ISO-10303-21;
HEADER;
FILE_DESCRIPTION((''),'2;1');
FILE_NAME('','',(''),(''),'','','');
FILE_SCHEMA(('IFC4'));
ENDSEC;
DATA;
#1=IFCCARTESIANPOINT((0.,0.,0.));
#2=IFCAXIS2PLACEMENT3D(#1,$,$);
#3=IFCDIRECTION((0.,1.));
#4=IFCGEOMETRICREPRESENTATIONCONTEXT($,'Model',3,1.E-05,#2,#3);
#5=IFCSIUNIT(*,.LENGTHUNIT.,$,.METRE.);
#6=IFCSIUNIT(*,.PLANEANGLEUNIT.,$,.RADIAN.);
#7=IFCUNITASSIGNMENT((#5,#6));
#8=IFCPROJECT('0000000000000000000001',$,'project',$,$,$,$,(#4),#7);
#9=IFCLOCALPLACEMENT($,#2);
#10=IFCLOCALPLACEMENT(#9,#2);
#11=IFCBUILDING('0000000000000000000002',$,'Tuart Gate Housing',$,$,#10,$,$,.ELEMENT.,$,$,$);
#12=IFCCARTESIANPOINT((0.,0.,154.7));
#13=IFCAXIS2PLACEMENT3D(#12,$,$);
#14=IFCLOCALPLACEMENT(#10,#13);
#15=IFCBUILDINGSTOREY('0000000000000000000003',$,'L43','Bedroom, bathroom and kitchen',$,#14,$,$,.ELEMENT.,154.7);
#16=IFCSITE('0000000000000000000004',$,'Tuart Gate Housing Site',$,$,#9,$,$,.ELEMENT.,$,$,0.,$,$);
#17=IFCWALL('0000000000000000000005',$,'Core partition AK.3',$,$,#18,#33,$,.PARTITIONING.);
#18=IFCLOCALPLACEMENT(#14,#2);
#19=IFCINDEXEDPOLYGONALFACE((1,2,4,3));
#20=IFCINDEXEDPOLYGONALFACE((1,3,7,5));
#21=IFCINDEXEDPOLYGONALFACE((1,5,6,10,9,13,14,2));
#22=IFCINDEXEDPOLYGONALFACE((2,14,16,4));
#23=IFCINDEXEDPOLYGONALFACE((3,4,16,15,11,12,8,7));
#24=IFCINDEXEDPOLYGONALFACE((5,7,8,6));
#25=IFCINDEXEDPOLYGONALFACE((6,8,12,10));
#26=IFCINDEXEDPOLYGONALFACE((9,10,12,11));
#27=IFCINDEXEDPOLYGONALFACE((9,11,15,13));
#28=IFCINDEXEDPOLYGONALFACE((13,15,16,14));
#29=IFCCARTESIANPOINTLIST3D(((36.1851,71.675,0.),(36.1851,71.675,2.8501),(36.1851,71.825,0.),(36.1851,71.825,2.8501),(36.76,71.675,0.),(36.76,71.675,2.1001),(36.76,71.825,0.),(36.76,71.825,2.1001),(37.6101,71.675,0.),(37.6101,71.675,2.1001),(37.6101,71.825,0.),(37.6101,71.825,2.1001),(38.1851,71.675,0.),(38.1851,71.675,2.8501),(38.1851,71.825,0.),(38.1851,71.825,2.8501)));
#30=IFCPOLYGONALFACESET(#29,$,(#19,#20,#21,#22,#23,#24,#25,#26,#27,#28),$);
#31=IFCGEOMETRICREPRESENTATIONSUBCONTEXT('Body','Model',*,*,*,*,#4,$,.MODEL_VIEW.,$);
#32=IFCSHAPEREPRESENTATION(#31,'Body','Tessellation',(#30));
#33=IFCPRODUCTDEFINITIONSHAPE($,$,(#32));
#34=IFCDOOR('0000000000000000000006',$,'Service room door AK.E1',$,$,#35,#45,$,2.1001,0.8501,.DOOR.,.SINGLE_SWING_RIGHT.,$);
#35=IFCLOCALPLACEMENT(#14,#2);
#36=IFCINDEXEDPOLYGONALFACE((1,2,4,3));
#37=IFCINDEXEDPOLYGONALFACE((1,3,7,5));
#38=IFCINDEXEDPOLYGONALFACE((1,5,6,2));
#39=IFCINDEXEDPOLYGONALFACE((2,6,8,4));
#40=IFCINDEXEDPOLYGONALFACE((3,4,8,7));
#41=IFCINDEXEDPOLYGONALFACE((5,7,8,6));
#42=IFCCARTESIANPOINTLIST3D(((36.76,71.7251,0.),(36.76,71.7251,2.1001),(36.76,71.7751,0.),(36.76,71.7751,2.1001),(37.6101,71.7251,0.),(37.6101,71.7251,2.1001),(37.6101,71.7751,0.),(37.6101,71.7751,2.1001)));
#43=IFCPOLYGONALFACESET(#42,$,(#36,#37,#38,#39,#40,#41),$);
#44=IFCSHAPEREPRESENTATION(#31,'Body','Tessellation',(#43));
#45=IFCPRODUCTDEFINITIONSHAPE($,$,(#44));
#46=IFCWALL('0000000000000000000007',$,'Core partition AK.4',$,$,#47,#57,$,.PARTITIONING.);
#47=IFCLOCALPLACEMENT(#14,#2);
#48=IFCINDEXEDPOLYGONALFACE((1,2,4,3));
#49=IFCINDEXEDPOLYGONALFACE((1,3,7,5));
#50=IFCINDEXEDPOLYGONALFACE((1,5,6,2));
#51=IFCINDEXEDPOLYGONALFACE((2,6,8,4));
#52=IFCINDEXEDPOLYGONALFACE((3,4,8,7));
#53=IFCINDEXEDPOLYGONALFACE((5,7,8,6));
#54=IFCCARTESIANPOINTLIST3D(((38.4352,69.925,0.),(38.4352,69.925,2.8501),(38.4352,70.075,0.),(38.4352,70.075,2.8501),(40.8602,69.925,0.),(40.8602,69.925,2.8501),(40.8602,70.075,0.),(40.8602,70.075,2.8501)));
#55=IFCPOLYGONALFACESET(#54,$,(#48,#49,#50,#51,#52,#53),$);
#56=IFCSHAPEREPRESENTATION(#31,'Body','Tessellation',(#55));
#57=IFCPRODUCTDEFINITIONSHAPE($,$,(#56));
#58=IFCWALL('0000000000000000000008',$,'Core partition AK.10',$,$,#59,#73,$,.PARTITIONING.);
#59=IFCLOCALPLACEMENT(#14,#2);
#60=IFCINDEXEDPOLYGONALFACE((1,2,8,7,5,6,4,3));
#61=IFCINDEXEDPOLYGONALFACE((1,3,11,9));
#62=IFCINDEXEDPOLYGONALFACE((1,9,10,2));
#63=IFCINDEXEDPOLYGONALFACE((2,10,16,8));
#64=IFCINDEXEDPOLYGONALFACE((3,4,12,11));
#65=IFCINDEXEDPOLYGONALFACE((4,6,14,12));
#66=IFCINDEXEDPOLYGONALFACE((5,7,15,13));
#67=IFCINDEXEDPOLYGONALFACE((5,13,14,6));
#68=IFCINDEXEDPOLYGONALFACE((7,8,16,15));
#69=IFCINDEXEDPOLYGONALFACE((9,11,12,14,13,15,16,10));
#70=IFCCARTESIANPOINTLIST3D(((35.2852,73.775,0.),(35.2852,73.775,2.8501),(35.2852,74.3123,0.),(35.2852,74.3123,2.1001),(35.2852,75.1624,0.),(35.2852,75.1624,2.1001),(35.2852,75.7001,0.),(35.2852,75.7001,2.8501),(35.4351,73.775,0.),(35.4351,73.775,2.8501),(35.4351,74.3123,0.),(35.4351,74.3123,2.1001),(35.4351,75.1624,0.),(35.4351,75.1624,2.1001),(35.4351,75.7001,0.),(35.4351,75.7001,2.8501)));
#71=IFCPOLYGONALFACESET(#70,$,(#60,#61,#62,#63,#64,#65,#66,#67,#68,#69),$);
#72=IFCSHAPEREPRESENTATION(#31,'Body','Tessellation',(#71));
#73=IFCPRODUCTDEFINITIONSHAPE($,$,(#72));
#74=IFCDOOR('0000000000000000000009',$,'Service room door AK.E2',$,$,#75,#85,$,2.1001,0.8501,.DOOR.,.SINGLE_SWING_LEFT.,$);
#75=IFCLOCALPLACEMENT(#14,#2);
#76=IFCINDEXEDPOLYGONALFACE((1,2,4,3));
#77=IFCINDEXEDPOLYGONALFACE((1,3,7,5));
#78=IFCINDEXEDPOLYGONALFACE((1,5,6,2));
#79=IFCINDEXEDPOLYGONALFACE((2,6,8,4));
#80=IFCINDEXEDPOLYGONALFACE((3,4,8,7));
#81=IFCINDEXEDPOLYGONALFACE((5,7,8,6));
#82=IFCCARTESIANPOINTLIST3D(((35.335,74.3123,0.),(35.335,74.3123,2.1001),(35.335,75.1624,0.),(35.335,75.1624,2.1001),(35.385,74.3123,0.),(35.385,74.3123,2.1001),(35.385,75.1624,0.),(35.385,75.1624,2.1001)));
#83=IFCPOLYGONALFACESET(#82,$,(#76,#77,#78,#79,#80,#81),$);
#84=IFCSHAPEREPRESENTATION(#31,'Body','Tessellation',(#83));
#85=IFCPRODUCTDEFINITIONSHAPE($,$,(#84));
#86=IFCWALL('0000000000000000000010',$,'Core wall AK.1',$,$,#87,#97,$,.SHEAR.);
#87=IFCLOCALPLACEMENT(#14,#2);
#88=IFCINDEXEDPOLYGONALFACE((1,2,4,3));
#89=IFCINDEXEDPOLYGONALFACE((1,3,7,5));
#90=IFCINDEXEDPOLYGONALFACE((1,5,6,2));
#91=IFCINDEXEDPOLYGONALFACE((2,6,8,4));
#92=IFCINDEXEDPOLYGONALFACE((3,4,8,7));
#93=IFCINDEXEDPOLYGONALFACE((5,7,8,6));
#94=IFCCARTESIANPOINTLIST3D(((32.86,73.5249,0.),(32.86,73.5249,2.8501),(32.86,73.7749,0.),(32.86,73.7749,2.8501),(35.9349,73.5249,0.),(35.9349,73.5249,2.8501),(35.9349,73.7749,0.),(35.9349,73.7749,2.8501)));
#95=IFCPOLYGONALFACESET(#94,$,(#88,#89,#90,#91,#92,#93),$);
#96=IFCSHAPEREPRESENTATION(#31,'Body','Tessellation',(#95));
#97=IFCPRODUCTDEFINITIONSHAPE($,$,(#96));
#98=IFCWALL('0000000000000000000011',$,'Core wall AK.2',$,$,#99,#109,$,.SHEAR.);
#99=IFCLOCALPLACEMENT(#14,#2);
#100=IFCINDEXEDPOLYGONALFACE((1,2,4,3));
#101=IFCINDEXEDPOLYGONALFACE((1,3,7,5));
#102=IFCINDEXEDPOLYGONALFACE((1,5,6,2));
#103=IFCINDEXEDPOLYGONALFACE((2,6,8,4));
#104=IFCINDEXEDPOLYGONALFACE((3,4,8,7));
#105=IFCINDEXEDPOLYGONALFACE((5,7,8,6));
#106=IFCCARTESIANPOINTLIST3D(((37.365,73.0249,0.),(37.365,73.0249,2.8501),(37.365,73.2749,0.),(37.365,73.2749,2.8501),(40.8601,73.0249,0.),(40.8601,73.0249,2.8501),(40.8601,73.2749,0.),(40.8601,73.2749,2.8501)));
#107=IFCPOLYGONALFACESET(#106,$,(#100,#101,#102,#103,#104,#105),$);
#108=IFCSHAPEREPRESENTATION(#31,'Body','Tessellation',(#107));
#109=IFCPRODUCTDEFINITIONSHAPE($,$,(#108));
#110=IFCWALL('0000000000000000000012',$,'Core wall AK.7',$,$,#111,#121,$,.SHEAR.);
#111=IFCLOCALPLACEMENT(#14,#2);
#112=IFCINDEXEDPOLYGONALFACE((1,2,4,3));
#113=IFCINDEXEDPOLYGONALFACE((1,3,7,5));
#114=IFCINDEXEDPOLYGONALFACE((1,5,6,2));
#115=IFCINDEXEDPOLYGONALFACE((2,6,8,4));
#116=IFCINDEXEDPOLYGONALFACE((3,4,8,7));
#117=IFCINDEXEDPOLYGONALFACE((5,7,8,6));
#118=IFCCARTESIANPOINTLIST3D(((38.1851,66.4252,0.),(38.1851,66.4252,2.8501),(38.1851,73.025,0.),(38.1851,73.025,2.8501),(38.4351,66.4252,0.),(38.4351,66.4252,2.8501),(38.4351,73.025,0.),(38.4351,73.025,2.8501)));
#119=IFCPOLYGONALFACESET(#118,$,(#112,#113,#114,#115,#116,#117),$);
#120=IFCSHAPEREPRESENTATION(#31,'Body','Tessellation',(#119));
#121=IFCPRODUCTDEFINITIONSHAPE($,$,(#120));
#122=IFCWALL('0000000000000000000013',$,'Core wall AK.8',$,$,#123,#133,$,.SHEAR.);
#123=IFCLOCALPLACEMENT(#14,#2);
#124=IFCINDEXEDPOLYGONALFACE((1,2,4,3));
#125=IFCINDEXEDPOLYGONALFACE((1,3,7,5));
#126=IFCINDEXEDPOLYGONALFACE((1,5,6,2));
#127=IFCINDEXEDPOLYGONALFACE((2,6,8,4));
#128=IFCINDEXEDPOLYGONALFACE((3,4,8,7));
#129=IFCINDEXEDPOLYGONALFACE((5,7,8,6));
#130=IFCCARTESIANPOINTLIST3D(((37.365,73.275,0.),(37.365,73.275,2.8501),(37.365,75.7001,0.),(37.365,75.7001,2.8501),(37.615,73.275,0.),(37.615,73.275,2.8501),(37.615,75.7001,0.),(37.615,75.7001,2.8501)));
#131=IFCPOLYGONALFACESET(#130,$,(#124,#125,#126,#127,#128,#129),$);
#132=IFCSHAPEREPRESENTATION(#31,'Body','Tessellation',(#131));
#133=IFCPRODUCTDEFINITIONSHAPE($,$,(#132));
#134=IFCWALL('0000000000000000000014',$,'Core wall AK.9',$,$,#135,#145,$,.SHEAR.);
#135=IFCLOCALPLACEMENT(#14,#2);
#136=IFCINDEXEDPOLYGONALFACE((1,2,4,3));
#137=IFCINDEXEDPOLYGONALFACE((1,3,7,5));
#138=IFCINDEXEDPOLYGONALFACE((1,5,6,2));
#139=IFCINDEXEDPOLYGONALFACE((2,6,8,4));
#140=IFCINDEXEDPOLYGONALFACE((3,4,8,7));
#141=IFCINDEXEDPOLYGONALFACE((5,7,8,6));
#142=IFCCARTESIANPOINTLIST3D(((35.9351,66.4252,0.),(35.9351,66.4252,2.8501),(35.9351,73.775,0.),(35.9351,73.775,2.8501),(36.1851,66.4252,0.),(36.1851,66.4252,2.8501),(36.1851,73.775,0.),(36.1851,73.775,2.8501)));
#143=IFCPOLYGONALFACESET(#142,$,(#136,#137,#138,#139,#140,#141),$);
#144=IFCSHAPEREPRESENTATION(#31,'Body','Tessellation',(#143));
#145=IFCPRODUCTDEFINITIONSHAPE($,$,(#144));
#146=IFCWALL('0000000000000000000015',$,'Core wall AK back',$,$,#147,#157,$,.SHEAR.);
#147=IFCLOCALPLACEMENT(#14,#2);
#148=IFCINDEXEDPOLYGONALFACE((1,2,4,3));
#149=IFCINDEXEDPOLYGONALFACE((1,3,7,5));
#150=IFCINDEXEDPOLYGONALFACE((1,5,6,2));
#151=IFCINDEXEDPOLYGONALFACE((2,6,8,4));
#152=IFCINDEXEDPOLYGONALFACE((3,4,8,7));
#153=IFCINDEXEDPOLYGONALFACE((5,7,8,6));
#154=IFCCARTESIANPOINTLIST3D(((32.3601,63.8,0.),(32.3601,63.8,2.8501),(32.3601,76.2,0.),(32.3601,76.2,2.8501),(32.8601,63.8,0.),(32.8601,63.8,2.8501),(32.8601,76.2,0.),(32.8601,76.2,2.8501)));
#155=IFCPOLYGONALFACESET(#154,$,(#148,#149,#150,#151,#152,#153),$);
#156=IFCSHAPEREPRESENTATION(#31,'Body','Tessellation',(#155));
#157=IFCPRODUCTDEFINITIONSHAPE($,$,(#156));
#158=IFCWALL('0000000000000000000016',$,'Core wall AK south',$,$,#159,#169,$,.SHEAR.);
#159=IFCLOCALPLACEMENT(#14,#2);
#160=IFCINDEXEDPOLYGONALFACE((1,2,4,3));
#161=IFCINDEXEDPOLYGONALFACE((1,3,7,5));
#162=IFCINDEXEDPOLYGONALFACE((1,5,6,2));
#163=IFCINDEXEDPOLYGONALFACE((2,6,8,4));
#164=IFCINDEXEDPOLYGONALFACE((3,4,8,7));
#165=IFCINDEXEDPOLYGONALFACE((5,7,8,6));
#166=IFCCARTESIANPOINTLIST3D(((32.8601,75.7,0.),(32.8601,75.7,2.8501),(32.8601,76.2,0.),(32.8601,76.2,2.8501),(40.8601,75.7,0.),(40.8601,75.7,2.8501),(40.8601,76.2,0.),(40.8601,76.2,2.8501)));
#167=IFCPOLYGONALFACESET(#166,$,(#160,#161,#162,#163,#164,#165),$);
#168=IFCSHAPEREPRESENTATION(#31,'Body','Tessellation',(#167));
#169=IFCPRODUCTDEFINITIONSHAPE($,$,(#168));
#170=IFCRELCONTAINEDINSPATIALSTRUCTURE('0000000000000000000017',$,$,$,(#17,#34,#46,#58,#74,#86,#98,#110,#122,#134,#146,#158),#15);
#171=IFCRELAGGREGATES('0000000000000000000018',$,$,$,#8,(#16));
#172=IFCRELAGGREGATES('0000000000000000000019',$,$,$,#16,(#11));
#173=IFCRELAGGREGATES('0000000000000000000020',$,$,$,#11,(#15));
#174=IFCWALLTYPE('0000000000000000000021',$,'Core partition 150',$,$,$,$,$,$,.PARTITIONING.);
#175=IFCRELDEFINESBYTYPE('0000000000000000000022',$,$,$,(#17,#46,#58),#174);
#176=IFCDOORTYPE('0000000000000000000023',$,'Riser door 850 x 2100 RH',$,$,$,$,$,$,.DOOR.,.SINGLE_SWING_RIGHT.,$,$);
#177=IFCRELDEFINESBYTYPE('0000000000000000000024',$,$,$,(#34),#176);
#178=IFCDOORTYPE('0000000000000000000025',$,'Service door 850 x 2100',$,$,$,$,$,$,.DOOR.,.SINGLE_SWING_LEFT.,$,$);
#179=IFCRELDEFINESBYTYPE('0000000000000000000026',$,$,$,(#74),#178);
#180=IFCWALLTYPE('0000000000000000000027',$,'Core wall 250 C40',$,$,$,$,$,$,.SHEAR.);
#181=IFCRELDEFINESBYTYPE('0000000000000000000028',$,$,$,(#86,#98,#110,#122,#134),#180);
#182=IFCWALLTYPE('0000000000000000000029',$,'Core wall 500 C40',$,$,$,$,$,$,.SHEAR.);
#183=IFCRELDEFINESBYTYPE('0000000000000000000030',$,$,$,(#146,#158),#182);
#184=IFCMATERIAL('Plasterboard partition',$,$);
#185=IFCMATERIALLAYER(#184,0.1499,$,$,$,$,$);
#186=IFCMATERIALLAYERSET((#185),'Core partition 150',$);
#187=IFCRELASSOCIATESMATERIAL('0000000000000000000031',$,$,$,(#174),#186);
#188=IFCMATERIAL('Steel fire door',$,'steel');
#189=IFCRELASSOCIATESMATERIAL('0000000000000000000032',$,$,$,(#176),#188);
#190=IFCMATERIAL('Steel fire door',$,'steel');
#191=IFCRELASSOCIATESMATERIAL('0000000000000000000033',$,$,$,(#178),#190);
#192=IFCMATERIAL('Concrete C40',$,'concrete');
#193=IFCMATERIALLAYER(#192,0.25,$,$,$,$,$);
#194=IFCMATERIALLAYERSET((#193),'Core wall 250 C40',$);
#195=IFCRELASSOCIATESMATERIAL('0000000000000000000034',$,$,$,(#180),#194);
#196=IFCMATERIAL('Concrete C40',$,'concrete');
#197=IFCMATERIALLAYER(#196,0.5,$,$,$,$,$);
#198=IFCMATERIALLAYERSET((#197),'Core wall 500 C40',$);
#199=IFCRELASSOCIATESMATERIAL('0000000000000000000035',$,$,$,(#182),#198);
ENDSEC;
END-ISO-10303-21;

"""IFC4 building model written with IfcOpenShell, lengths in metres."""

from ifc_helpers import new_model, si_unit, direction, frame, frame_2d, origin, place, context, subcontext, project, spatial, rectangle, extrude, material, layer, layer_set, type_object, element, fill, save


model = new_model("IFC4")

# Units and contexts
model_context = context("Model", 3, precision=1e-05, world=origin(), true_north=direction((0.0, 1.0)))
body_context = subcontext(model_context, "Body", "Model", "MODEL_VIEW")
ifc_project = project(units=[si_unit("LENGTHUNIT", "METRE"), si_unit("PLANEANGLEUNIT", "RADIAN")], contexts=[model_context])

# Site, building, storey
site_placement = place(None, origin())
site = spatial("IfcSite", under=ifc_project, at=site_placement, Name="Tuart Gate Housing Site", CompositionType="ELEMENT", RefElevation=0.0)
building_placement = place(site_placement, origin())
building = spatial("IfcBuilding", under=site, at=building_placement, Name="Tuart Gate Housing", CompositionType="ELEMENT")
storey_placement = place(building_placement, frame((0.0, 0.0, 154.7)))
storey = spatial("IfcBuildingStorey", under=building, at=storey_placement, Name="L43", Description="Bedroom, bathroom and kitchen", CompositionType="ELEMENT", Elevation=154.7)

# Wall, opening, door
ifc_material_1 = material(Name="Plasterboard partition")
ifc_layer_1 = layer(ifc_material_1, 0.1499)
ifc_layer_set_1 = layer_set([ifc_layer_1], Name="Core partition 150")
wall_type_1 = type_object("IfcWallType", Name="Core partition 150", PredefinedType="PARTITIONING", material=ifc_layer_set_1)
wall_1_placement = place(storey_placement, frame((38.1851, 71.75, 0.0), z_axis=(0.0, 0.0, 1.0), x_axis=(-1.0, 0.0, 0.0)))
wall_1 = element("IfcWall", 1, at=wall_1_placement, inside=storey, type_object=wall_type_1, Name="Core partition AK.3", PredefinedType="PARTITIONING", context=body_context, shape_type="SweptSolid", body=[
    extrude(rectangle(XDim=2.0, YDim=0.1499, at=frame_2d((1.0, 0.0))), origin(), (0.0, 0.0, 1.0), 2.8501),
])
opening_1_placement = place(wall_1_placement, frame((0.575, 0.0, 0.0)))
opening_1 = element("IfcOpeningElement", 2, at=opening_1_placement, cuts=wall_1, PredefinedType="OPENING", context=body_context, shape_type="SweptSolid", body=[
    extrude(rectangle(XDim=0.8501, YDim=2.1001, at=frame_2d((0.425, 1.05))), frame((0.0, 0.085, 0.0), z_axis=(0.0, -1.0, 0.0), x_axis=(1.0, 0.0, 0.0)), (0.0, 0.0, 1.0), 0.1699),
])
ifc_material_2 = material(Name="Steel fire door", Category="steel")
door_type_1 = type_object("IfcDoorType", Name="Riser door 850 x 2100 RH", OperationType="SINGLE_SWING_RIGHT", PredefinedType="DOOR", material=ifc_material_2)
door_1_placement = place(opening_1_placement, frame((0.8501, 0.0, 0.0), z_axis=(0.0, 0.0, 1.0), x_axis=(-1.0, 0.0, 0.0)))
door_1 = element("IfcDoor", 3, at=door_1_placement, inside=storey, type_object=door_type_1, Name="Service room door AK.E1", OperationType="SINGLE_SWING_RIGHT", OverallHeight=2.1001, OverallWidth=0.8501, PredefinedType="DOOR", context=body_context, shape_type="SweptSolid", body=[
    extrude(rectangle(XDim=0.8501, YDim=2.1001, at=frame_2d((0.425, 1.05))), frame((0.0, 0.0251, 0.0), z_axis=(0.0, -1.0, 0.0), x_axis=(1.0, 0.0, 0.0)), (0.0, 0.0, 1.0), 0.05),
])
fill(opening_1, door_1)

# Wall
wall_2_placement = place(storey_placement, frame((40.8601, 70.0, 0.0), z_axis=(0.0, 0.0, 1.0), x_axis=(-1.0, 0.0, 0.0)))
element("IfcWall", 4, at=wall_2_placement, inside=storey, type_object=wall_type_1, Name="Core partition AK.4", PredefinedType="PARTITIONING", context=body_context, shape_type="SweptSolid", body=[
    extrude(rectangle(XDim=2.425, YDim=0.1499, at=frame_2d((1.2124, 0.0))), origin(), (0.0, 0.0, 1.0), 2.8501),
])

# Wall, opening, door
wall_3_placement = place(storey_placement, frame((35.3601, 75.7, 0.0), z_axis=(0.0, 0.0, 1.0), x_axis=(0.0, -1.0, 0.0)))
wall_3 = element("IfcWall", 5, at=wall_3_placement, inside=storey, type_object=wall_type_1, Name="Core partition AK.10", PredefinedType="PARTITIONING", context=body_context, shape_type="SweptSolid", body=[
    extrude(rectangle(XDim=1.925, YDim=0.1499, at=frame_2d((0.9624, 0.0))), origin(), (0.0, 0.0, 1.0), 2.8501),
])
opening_2_placement = place(wall_3_placement, frame((0.5376, 0.0, 0.0)))
opening_2 = element("IfcOpeningElement", 6, at=opening_2_placement, cuts=wall_3, PredefinedType="OPENING", context=body_context, shape_type="SweptSolid", body=[
    extrude(rectangle(XDim=0.8501, YDim=2.1001, at=frame_2d((0.425, 1.05))), frame((0.0, 0.085, 0.0), z_axis=(0.0, -1.0, 0.0), x_axis=(1.0, 0.0, 0.0)), (0.0, 0.0, 1.0), 0.1699),
])
ifc_material_3 = material(Name="Steel fire door", Category="steel")
door_type_2 = type_object("IfcDoorType", Name="Service door 850 x 2100", OperationType="SINGLE_SWING_LEFT", PredefinedType="DOOR", material=ifc_material_3)
door_2_placement = place(opening_2_placement, origin())
door_2 = element("IfcDoor", 7, at=door_2_placement, inside=storey, type_object=door_type_2, Name="Service room door AK.E2", OperationType="SINGLE_SWING_LEFT", OverallHeight=2.1001, OverallWidth=0.8501, PredefinedType="DOOR", context=body_context, shape_type="SweptSolid", body=[
    extrude(rectangle(XDim=0.8501, YDim=2.1001, at=frame_2d((0.425, 1.05))), frame((0.0, 0.0249, 0.0), z_axis=(0.0, -1.0, 0.0), x_axis=(1.0, 0.0, 0.0)), (0.0, 0.0, 1.0), 0.05),
])
fill(opening_2, door_2)

# Walls
ifc_material_4 = material(Name="Concrete C40", Category="concrete")
ifc_layer_2 = layer(ifc_material_4, 0.25)
ifc_layer_set_2 = layer_set([ifc_layer_2], Name="Core wall 250 C40")
wall_type_2 = type_object("IfcWallType", Name="Core wall 250 C40", PredefinedType="SHEAR", material=ifc_layer_set_2)
wall_4_placement = place(storey_placement, frame((35.9351, 73.6499, 0.0), z_axis=(0.0, 0.0, 1.0), x_axis=(-1.0, 0.0, 0.0)))
element("IfcWall", 8, at=wall_4_placement, inside=storey, type_object=wall_type_2, Name="Core wall AK.1", PredefinedType="SHEAR", context=body_context, shape_type="SweptSolid", body=[
    extrude(rectangle(XDim=3.075, YDim=0.25, at=frame_2d((1.5376, 0.0))), origin(), (0.0, 0.0, 1.0), 2.8501),
])
wall_5_placement = place(storey_placement, frame((40.8601, 73.1499, 0.0), z_axis=(0.0, 0.0, 1.0), x_axis=(-1.0, 0.0, 0.0)))
element("IfcWall", 9, at=wall_5_placement, inside=storey, type_object=wall_type_2, Name="Core wall AK.2", PredefinedType="SHEAR", context=body_context, shape_type="SweptSolid", body=[
    extrude(rectangle(XDim=3.4951, YDim=0.25, at=frame_2d((1.7476, 0.0))), origin(), (0.0, 0.0, 1.0), 2.8501),
])
wall_6_placement = place(storey_placement, frame((38.3101, 73.0249, 0.0), z_axis=(0.0, 0.0, 1.0), x_axis=(0.0, -1.0, 0.0)))
element("IfcWall", 10, at=wall_6_placement, inside=storey, type_object=wall_type_2, Name="Core wall AK.7", PredefinedType="SHEAR", context=body_context, shape_type="SweptSolid", body=[
    extrude(rectangle(XDim=6.5999, YDim=0.25, at=frame_2d((3.2998, 0.0))), origin(), (0.0, 0.0, 1.0), 2.8501),
])
wall_7_placement = place(storey_placement, frame((37.49, 75.7, 0.0), z_axis=(0.0, 0.0, 1.0), x_axis=(0.0, -1.0, 0.0)))
element("IfcWall", 11, at=wall_7_placement, inside=storey, type_object=wall_type_2, Name="Core wall AK.8", PredefinedType="SHEAR", context=body_context, shape_type="SweptSolid", body=[
    extrude(rectangle(XDim=2.425, YDim=0.25, at=frame_2d((1.2124, 0.0))), origin(), (0.0, 0.0, 1.0), 2.8501),
])
wall_8_placement = place(storey_placement, frame((36.0601, 73.7749, 0.0), z_axis=(0.0, 0.0, 1.0), x_axis=(0.0, -1.0, 0.0)))
element("IfcWall", 12, at=wall_8_placement, inside=storey, type_object=wall_type_2, Name="Core wall AK.9", PredefinedType="SHEAR", context=body_context, shape_type="SweptSolid", body=[
    extrude(rectangle(XDim=7.3499, YDim=0.25, at=frame_2d((3.6748, 0.0))), origin(), (0.0, 0.0, 1.0), 2.8501),
])
ifc_material_5 = material(Name="Concrete C40", Category="concrete")
ifc_layer_3 = layer(ifc_material_5, 0.5)
ifc_layer_set_3 = layer_set([ifc_layer_3], Name="Core wall 500 C40")
wall_type_3 = type_object("IfcWallType", Name="Core wall 500 C40", PredefinedType="SHEAR", material=ifc_layer_set_3)
wall_9_placement = place(storey_placement, frame((32.6101, 76.2, 0.0), z_axis=(0.0, 0.0, 1.0), x_axis=(0.0, -1.0, 0.0)))
element("IfcWall", 13, at=wall_9_placement, inside=storey, type_object=wall_type_3, Name="Core wall AK back", PredefinedType="SHEAR", context=body_context, shape_type="SweptSolid", body=[
    extrude(rectangle(XDim=12.3999, YDim=0.5, at=frame_2d((6.2, 0.0))), origin(), (0.0, 0.0, 1.0), 2.8501),
])
wall_10_placement = place(storey_placement, frame((40.8601, 75.95, 0.0), z_axis=(0.0, 0.0, 1.0), x_axis=(-1.0, 0.0, 0.0)))
element("IfcWall", 14, at=wall_10_placement, inside=storey, type_object=wall_type_3, Name="Core wall AK south", PredefinedType="SHEAR", context=body_context, shape_type="SweptSolid", body=[
    extrude(rectangle(XDim=8.0, YDim=0.5, at=frame_2d((4.0, 0.0))), origin(), (0.0, 0.0, 1.0), 2.8501),
])

save(model, "model.ifc")
